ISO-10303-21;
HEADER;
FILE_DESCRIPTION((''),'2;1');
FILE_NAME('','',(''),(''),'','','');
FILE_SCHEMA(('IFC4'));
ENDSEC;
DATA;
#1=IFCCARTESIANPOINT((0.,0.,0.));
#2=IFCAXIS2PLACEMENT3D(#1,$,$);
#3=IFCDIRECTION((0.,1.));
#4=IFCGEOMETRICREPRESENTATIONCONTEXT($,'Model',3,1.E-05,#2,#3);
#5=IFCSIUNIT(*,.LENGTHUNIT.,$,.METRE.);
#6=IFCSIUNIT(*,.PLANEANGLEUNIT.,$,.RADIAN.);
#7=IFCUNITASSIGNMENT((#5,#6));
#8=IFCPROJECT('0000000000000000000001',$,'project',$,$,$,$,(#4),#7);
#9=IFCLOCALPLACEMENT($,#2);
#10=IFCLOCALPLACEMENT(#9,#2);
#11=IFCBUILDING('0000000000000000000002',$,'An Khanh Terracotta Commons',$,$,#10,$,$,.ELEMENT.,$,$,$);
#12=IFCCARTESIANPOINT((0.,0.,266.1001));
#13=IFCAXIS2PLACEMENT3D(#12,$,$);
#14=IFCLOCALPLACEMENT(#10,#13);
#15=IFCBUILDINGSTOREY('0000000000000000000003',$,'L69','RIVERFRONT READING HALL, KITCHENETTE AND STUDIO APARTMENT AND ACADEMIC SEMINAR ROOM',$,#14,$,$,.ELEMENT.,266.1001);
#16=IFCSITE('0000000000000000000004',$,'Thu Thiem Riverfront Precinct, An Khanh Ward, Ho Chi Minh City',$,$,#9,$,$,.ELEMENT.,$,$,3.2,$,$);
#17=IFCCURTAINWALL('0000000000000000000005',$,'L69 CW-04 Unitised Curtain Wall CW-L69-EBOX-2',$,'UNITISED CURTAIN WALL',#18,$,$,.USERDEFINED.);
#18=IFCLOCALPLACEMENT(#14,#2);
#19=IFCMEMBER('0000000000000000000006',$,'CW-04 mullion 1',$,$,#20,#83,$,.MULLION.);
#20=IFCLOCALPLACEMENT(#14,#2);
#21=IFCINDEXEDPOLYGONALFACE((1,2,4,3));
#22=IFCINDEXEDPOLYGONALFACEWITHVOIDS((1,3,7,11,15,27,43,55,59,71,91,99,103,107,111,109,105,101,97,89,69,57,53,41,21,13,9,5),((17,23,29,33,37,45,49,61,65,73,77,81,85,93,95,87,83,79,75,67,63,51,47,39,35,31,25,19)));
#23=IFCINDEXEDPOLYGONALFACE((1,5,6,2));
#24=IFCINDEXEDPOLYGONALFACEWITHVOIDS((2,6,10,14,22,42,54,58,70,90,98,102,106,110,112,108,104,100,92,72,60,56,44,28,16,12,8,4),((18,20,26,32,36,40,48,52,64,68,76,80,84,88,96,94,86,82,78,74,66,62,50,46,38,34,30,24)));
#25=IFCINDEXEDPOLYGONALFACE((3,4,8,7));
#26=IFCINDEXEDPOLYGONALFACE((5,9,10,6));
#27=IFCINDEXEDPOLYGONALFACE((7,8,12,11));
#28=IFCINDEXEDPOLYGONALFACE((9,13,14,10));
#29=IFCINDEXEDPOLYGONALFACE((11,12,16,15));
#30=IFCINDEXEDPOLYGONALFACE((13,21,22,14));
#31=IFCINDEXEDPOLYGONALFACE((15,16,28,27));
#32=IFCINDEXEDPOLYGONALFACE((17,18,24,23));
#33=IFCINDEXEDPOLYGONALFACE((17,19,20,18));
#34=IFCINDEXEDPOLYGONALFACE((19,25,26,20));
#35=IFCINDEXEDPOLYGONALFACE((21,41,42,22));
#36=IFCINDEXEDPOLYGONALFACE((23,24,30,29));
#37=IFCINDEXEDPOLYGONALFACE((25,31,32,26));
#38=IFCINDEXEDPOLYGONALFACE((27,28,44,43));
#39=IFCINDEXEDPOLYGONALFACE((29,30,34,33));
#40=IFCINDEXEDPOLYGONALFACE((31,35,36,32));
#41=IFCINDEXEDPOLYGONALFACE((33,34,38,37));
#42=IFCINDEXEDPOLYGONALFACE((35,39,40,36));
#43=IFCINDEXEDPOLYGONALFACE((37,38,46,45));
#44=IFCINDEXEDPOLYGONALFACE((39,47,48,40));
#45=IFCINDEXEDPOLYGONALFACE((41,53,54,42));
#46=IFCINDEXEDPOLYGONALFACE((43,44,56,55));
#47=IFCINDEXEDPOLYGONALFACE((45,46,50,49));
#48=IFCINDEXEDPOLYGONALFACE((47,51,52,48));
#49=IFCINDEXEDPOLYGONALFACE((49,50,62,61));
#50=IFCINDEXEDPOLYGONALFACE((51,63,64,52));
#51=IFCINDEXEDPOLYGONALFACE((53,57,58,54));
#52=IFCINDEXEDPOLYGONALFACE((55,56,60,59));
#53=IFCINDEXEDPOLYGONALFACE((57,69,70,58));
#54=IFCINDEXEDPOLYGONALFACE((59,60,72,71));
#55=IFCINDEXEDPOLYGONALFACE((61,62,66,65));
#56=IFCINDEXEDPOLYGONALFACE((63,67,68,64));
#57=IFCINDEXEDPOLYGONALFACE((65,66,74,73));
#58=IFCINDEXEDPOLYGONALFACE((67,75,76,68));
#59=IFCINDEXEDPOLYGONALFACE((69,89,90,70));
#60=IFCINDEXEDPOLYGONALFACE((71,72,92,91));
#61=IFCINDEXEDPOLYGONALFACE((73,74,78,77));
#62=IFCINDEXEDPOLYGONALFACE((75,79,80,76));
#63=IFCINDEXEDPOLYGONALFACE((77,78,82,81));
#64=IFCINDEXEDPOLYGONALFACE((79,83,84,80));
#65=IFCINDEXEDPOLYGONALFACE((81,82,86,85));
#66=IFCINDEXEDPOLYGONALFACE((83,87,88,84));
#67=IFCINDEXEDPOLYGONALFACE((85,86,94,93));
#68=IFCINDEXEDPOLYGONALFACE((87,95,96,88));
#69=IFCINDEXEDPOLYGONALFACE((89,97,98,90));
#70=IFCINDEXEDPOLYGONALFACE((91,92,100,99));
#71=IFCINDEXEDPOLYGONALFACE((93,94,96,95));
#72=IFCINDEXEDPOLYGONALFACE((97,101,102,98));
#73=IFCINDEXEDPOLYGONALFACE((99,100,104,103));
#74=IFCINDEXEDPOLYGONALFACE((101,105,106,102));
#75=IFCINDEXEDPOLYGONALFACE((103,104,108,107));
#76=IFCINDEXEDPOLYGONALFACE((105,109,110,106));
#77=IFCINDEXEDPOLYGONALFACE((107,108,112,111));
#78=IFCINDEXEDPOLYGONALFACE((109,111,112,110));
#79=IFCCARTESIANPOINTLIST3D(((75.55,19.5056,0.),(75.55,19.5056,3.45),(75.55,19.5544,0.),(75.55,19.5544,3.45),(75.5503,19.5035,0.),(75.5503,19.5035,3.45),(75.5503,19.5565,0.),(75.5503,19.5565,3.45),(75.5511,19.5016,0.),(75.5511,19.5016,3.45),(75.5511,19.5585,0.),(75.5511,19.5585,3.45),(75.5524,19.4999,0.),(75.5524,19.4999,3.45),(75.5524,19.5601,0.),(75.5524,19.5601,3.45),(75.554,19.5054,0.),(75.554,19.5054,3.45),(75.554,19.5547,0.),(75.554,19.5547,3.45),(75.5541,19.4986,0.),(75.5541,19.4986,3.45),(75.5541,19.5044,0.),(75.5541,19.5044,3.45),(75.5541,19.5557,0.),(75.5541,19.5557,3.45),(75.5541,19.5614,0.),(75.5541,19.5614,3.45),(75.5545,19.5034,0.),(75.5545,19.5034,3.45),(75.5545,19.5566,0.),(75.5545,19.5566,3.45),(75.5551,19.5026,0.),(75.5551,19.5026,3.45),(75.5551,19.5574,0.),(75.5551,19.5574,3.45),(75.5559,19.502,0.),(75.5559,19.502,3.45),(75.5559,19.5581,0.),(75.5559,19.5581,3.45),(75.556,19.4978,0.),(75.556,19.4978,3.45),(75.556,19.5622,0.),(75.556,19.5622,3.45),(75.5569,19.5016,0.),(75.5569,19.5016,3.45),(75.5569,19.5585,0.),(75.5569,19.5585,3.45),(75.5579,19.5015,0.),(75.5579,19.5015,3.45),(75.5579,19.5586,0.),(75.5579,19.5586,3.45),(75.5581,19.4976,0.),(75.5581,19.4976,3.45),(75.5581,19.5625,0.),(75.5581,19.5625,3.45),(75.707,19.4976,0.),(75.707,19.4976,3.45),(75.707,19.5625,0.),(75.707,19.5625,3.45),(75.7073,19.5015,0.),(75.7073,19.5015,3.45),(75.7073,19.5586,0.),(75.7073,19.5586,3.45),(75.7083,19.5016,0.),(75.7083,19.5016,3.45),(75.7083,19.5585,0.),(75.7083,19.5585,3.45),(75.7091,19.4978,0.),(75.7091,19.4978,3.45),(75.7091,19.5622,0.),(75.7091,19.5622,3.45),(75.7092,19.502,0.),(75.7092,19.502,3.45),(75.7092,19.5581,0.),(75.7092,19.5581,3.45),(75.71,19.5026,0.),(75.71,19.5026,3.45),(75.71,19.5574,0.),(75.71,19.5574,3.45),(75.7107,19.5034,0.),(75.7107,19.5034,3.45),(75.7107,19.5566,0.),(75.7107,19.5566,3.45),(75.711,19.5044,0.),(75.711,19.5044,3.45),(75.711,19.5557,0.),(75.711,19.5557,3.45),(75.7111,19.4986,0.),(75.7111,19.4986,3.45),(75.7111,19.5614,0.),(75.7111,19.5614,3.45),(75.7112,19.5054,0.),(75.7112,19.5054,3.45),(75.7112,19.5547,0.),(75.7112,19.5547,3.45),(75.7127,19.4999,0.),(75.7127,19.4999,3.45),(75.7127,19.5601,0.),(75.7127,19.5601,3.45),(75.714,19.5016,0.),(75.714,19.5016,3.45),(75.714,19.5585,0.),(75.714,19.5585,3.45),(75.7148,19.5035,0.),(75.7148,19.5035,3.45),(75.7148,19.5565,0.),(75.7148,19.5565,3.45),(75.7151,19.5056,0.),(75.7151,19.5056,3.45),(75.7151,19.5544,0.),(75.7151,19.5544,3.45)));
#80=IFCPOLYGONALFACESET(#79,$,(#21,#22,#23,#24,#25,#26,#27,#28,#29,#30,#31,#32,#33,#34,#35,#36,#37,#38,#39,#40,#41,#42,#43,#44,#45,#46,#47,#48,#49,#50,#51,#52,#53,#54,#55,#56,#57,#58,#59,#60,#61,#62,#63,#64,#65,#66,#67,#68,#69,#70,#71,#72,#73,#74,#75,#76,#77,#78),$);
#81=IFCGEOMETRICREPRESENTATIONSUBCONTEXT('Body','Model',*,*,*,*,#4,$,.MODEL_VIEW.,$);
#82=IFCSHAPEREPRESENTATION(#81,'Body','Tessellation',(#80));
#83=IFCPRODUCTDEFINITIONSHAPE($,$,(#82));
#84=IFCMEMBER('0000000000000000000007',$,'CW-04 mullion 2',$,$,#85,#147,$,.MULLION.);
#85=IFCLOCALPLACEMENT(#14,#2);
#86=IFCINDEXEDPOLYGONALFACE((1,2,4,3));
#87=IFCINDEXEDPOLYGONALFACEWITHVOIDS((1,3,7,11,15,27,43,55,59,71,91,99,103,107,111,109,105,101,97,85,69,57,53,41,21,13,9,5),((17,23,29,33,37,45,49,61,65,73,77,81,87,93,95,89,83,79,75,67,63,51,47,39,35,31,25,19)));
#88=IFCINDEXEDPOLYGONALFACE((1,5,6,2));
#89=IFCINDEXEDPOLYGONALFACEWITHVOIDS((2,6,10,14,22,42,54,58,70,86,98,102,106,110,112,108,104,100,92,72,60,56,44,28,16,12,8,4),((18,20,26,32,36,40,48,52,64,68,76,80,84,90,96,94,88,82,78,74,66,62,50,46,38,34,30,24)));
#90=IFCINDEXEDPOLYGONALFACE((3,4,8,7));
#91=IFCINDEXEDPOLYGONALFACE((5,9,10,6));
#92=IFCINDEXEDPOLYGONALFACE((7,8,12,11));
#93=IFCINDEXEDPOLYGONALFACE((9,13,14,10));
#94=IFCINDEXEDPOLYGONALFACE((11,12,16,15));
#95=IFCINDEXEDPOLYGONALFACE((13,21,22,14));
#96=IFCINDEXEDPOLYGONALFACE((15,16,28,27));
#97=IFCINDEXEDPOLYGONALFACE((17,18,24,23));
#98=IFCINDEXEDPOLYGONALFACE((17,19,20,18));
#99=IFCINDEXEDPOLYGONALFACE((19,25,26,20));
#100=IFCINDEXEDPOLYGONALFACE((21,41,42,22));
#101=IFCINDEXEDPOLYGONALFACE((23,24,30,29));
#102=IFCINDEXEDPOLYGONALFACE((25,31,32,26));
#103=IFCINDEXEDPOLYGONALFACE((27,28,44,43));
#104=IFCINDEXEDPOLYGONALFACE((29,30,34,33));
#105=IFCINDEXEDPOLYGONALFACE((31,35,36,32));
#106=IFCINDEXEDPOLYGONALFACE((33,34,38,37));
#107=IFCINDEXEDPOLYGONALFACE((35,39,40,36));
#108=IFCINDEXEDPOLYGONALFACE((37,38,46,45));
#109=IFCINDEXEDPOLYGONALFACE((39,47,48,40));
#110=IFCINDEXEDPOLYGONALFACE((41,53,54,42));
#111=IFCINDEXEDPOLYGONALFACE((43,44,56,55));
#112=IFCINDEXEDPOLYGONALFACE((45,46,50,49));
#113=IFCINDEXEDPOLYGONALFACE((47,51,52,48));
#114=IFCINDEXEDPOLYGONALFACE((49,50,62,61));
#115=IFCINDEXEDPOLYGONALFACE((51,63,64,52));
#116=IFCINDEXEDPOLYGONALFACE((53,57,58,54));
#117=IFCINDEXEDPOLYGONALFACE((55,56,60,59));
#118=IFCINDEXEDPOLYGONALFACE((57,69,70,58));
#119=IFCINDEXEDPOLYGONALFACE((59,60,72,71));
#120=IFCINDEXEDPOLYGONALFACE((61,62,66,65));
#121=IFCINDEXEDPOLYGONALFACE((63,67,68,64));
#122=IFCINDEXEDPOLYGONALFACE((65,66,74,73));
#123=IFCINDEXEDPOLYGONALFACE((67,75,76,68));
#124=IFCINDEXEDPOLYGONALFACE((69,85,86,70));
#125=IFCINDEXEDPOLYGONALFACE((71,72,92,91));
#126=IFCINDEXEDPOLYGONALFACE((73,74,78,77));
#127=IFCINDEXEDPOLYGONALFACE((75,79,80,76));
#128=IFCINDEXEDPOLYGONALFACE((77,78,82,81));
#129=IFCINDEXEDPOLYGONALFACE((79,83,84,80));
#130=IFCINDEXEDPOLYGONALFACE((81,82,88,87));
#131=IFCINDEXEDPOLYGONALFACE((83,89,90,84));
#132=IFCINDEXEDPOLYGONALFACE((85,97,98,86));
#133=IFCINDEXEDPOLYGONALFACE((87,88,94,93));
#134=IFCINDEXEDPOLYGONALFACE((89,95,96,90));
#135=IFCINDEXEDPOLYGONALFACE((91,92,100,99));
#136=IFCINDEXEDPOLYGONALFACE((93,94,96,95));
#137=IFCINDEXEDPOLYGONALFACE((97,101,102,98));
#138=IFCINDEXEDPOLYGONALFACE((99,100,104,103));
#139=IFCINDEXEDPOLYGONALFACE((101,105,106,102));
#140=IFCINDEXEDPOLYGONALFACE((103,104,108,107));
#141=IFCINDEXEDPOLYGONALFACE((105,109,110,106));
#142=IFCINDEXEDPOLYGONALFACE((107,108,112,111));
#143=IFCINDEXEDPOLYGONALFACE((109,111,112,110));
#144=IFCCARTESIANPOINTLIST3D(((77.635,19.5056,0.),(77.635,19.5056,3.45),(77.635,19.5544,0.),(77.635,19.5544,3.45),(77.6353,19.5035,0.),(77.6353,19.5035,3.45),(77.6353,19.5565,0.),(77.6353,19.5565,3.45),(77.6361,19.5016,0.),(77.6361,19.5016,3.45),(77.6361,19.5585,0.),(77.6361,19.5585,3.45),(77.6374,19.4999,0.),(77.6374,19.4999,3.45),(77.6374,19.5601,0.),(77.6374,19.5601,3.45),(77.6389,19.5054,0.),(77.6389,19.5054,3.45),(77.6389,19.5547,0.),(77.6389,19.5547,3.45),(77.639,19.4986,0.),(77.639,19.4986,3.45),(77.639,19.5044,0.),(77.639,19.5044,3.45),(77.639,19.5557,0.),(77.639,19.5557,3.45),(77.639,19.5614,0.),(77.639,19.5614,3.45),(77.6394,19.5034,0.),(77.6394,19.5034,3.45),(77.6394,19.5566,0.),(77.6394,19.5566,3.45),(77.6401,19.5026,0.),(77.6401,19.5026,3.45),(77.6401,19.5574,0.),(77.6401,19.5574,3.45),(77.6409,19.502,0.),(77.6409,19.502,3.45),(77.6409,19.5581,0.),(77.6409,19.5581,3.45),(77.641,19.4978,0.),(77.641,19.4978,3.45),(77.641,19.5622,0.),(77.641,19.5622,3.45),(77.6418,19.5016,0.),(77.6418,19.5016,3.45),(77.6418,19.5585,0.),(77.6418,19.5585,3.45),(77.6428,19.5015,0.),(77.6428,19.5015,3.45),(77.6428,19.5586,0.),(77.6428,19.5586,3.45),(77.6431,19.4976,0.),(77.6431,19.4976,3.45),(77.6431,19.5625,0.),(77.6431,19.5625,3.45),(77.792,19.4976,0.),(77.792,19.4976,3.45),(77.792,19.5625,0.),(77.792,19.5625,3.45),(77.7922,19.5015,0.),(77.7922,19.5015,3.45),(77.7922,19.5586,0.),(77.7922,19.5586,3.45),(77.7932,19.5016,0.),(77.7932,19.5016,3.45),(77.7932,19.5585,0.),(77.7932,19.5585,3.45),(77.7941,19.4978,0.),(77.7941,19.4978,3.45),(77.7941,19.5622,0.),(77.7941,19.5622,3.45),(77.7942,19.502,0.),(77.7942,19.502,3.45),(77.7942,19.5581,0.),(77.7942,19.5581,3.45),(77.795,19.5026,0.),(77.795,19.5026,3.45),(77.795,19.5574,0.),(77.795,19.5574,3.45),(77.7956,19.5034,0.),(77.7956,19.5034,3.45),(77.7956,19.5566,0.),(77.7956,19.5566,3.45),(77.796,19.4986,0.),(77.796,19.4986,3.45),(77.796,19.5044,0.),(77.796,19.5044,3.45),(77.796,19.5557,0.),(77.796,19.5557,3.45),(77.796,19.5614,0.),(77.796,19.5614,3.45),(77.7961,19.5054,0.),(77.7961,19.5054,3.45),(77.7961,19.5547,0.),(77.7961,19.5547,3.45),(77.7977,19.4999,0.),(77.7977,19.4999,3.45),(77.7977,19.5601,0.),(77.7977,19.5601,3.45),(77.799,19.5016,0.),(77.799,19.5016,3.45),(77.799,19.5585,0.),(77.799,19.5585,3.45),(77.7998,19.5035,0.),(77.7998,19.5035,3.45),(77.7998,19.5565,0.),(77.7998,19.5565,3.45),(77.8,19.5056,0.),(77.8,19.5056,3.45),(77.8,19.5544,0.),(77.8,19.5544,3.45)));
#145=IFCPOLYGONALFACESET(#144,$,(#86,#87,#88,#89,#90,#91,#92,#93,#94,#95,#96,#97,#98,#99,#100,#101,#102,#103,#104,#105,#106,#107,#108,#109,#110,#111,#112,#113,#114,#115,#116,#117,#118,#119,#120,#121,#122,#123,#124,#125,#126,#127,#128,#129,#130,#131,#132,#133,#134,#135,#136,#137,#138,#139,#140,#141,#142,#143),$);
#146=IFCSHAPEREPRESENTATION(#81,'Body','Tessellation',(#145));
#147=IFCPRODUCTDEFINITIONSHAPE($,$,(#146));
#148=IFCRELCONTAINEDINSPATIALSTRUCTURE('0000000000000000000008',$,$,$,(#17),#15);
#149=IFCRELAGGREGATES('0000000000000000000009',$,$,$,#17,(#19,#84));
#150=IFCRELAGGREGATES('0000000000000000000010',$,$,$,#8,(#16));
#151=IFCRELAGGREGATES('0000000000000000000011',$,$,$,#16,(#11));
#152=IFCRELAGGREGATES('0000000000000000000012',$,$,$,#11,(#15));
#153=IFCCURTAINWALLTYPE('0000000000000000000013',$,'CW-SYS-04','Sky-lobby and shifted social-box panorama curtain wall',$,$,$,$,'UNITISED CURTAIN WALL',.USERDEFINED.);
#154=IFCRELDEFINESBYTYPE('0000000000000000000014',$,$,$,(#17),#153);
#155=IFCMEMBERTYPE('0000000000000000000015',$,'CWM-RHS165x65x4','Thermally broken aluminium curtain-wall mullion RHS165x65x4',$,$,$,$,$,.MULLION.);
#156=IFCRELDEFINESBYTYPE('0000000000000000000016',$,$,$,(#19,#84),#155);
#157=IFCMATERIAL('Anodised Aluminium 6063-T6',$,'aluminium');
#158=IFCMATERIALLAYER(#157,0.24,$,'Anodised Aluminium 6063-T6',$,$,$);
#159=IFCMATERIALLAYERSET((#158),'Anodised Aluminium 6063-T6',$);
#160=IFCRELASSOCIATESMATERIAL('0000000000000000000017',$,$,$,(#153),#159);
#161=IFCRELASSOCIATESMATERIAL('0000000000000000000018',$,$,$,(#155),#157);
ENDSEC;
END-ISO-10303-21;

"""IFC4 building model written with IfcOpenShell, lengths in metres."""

from ifc_helpers import new_model, si_unit, direction, frame, origin, origin_2d, place, context, subcontext, project, spatial, hollow_rectangle, extrude, material, layer, layer_set, material_profile, profile_set, type_object, element, aggregate, save


model = new_model("IFC4")

# Units and contexts
model_context = context("Model", 3, precision=1e-05, world=origin(), true_north=direction((0.0, 1.0)))
body_context = subcontext(model_context, "Body", "Model", "MODEL_VIEW")
ifc_project = project(units=[si_unit("LENGTHUNIT", "METRE"), si_unit("PLANEANGLEUNIT", "RADIAN")], contexts=[model_context])

# Site, building, storey
site_placement = place(None, origin())
site = spatial("IfcSite", under=ifc_project, at=site_placement, Name="Thu Thiem Riverfront Precinct, An Khanh Ward, Ho Chi Minh City", CompositionType="ELEMENT", RefElevation=3.2)
building_placement = place(site_placement, origin())
building = spatial("IfcBuilding", under=site, at=building_placement, Name="An Khanh Terracotta Commons", CompositionType="ELEMENT")
storey_placement = place(building_placement, frame((0.0, 0.0, 266.1001)))
storey = spatial("IfcBuildingStorey", under=building, at=storey_placement, Name="L69", Description="RIVERFRONT READING HALL, KITCHENETTE AND STUDIO APARTMENT AND ACADEMIC SEMINAR ROOM", CompositionType="ELEMENT", Elevation=266.1001)

# Curtain wall, members
ifc_material_1 = material(Name="Anodised Aluminium 6063-T6", Category="aluminium")
ifc_layer_1 = layer(ifc_material_1, 0.24, Name="Anodised Aluminium 6063-T6")
ifc_layer_set_1 = layer_set([ifc_layer_1], Name="Anodised Aluminium 6063-T6")
curtain_wall_type_1 = type_object("IfcCurtainWallType", Name="CW-SYS-04", Description="Sky-lobby and shifted social-box panorama curtain wall", ElementType="UNITISED CURTAIN WALL", PredefinedType="USERDEFINED", material=ifc_layer_set_1)
ifc_material_profile_1 = material_profile(ifc_material_1, hollow_rectangle(XDim=0.0649, YDim=0.165, WallThickness=0.0039, InnerFilletRadius=0.0039, OuterFilletRadius=0.0081, at=origin_2d()), Name="RHS165x65x4")
ifc_profile_set_1 = profile_set([ifc_material_profile_1], Name="Anodised Aluminium 6063-T6")
member_type_1 = type_object("IfcMemberType", Name="CWM-RHS165x65x4", Description="Thermally broken aluminium curtain-wall mullion RHS165x65x4", PredefinedType="MULLION", material=ifc_profile_set_1)
curtain_wall_1_placement = place(storey_placement, origin())
curtain_wall_1 = element("IfcCurtainWall", 1, at=curtain_wall_1_placement, inside=storey, type_object=curtain_wall_type_1, Name="L69 CW-04 Unitised Curtain Wall CW-L69-EBOX-2", ObjectType="UNITISED CURTAIN WALL", PredefinedType="USERDEFINED")
member_1_placement = place(storey_placement, frame((75.6326, 19.53, 0.0), z_axis=(0.0, 0.0, 1.0), x_axis=(0.0, 1.0, 0.0)))
member_1 = element("IfcMember", 2, at=member_1_placement, type_object=member_type_1, Name="CW-04 mullion 1", PredefinedType="MULLION", context=body_context, shape_type="SweptSolid", body=[
    extrude(hollow_rectangle(XDim=0.0649, YDim=0.165, WallThickness=0.0039, InnerFilletRadius=0.0039, OuterFilletRadius=0.0081, at=origin_2d()), origin(), (0.0, 0.0, 1.0), 3.45),
])
member_2_placement = place(storey_placement, frame((77.7175, 19.53, 0.0), z_axis=(0.0, 0.0, 1.0), x_axis=(0.0, 1.0, 0.0)))
member_2 = element("IfcMember", 3, at=member_2_placement, type_object=member_type_1, Name="CW-04 mullion 2", PredefinedType="MULLION", context=body_context, shape_type="SweptSolid", body=[
    extrude(hollow_rectangle(XDim=0.0649, YDim=0.165, WallThickness=0.0039, InnerFilletRadius=0.0039, OuterFilletRadius=0.0081, at=origin_2d()), origin(), (0.0, 0.0, 1.0), 3.45),
])

aggregate(curtain_wall_1, [member_1, member_2])

save(model, "model.ifc")
